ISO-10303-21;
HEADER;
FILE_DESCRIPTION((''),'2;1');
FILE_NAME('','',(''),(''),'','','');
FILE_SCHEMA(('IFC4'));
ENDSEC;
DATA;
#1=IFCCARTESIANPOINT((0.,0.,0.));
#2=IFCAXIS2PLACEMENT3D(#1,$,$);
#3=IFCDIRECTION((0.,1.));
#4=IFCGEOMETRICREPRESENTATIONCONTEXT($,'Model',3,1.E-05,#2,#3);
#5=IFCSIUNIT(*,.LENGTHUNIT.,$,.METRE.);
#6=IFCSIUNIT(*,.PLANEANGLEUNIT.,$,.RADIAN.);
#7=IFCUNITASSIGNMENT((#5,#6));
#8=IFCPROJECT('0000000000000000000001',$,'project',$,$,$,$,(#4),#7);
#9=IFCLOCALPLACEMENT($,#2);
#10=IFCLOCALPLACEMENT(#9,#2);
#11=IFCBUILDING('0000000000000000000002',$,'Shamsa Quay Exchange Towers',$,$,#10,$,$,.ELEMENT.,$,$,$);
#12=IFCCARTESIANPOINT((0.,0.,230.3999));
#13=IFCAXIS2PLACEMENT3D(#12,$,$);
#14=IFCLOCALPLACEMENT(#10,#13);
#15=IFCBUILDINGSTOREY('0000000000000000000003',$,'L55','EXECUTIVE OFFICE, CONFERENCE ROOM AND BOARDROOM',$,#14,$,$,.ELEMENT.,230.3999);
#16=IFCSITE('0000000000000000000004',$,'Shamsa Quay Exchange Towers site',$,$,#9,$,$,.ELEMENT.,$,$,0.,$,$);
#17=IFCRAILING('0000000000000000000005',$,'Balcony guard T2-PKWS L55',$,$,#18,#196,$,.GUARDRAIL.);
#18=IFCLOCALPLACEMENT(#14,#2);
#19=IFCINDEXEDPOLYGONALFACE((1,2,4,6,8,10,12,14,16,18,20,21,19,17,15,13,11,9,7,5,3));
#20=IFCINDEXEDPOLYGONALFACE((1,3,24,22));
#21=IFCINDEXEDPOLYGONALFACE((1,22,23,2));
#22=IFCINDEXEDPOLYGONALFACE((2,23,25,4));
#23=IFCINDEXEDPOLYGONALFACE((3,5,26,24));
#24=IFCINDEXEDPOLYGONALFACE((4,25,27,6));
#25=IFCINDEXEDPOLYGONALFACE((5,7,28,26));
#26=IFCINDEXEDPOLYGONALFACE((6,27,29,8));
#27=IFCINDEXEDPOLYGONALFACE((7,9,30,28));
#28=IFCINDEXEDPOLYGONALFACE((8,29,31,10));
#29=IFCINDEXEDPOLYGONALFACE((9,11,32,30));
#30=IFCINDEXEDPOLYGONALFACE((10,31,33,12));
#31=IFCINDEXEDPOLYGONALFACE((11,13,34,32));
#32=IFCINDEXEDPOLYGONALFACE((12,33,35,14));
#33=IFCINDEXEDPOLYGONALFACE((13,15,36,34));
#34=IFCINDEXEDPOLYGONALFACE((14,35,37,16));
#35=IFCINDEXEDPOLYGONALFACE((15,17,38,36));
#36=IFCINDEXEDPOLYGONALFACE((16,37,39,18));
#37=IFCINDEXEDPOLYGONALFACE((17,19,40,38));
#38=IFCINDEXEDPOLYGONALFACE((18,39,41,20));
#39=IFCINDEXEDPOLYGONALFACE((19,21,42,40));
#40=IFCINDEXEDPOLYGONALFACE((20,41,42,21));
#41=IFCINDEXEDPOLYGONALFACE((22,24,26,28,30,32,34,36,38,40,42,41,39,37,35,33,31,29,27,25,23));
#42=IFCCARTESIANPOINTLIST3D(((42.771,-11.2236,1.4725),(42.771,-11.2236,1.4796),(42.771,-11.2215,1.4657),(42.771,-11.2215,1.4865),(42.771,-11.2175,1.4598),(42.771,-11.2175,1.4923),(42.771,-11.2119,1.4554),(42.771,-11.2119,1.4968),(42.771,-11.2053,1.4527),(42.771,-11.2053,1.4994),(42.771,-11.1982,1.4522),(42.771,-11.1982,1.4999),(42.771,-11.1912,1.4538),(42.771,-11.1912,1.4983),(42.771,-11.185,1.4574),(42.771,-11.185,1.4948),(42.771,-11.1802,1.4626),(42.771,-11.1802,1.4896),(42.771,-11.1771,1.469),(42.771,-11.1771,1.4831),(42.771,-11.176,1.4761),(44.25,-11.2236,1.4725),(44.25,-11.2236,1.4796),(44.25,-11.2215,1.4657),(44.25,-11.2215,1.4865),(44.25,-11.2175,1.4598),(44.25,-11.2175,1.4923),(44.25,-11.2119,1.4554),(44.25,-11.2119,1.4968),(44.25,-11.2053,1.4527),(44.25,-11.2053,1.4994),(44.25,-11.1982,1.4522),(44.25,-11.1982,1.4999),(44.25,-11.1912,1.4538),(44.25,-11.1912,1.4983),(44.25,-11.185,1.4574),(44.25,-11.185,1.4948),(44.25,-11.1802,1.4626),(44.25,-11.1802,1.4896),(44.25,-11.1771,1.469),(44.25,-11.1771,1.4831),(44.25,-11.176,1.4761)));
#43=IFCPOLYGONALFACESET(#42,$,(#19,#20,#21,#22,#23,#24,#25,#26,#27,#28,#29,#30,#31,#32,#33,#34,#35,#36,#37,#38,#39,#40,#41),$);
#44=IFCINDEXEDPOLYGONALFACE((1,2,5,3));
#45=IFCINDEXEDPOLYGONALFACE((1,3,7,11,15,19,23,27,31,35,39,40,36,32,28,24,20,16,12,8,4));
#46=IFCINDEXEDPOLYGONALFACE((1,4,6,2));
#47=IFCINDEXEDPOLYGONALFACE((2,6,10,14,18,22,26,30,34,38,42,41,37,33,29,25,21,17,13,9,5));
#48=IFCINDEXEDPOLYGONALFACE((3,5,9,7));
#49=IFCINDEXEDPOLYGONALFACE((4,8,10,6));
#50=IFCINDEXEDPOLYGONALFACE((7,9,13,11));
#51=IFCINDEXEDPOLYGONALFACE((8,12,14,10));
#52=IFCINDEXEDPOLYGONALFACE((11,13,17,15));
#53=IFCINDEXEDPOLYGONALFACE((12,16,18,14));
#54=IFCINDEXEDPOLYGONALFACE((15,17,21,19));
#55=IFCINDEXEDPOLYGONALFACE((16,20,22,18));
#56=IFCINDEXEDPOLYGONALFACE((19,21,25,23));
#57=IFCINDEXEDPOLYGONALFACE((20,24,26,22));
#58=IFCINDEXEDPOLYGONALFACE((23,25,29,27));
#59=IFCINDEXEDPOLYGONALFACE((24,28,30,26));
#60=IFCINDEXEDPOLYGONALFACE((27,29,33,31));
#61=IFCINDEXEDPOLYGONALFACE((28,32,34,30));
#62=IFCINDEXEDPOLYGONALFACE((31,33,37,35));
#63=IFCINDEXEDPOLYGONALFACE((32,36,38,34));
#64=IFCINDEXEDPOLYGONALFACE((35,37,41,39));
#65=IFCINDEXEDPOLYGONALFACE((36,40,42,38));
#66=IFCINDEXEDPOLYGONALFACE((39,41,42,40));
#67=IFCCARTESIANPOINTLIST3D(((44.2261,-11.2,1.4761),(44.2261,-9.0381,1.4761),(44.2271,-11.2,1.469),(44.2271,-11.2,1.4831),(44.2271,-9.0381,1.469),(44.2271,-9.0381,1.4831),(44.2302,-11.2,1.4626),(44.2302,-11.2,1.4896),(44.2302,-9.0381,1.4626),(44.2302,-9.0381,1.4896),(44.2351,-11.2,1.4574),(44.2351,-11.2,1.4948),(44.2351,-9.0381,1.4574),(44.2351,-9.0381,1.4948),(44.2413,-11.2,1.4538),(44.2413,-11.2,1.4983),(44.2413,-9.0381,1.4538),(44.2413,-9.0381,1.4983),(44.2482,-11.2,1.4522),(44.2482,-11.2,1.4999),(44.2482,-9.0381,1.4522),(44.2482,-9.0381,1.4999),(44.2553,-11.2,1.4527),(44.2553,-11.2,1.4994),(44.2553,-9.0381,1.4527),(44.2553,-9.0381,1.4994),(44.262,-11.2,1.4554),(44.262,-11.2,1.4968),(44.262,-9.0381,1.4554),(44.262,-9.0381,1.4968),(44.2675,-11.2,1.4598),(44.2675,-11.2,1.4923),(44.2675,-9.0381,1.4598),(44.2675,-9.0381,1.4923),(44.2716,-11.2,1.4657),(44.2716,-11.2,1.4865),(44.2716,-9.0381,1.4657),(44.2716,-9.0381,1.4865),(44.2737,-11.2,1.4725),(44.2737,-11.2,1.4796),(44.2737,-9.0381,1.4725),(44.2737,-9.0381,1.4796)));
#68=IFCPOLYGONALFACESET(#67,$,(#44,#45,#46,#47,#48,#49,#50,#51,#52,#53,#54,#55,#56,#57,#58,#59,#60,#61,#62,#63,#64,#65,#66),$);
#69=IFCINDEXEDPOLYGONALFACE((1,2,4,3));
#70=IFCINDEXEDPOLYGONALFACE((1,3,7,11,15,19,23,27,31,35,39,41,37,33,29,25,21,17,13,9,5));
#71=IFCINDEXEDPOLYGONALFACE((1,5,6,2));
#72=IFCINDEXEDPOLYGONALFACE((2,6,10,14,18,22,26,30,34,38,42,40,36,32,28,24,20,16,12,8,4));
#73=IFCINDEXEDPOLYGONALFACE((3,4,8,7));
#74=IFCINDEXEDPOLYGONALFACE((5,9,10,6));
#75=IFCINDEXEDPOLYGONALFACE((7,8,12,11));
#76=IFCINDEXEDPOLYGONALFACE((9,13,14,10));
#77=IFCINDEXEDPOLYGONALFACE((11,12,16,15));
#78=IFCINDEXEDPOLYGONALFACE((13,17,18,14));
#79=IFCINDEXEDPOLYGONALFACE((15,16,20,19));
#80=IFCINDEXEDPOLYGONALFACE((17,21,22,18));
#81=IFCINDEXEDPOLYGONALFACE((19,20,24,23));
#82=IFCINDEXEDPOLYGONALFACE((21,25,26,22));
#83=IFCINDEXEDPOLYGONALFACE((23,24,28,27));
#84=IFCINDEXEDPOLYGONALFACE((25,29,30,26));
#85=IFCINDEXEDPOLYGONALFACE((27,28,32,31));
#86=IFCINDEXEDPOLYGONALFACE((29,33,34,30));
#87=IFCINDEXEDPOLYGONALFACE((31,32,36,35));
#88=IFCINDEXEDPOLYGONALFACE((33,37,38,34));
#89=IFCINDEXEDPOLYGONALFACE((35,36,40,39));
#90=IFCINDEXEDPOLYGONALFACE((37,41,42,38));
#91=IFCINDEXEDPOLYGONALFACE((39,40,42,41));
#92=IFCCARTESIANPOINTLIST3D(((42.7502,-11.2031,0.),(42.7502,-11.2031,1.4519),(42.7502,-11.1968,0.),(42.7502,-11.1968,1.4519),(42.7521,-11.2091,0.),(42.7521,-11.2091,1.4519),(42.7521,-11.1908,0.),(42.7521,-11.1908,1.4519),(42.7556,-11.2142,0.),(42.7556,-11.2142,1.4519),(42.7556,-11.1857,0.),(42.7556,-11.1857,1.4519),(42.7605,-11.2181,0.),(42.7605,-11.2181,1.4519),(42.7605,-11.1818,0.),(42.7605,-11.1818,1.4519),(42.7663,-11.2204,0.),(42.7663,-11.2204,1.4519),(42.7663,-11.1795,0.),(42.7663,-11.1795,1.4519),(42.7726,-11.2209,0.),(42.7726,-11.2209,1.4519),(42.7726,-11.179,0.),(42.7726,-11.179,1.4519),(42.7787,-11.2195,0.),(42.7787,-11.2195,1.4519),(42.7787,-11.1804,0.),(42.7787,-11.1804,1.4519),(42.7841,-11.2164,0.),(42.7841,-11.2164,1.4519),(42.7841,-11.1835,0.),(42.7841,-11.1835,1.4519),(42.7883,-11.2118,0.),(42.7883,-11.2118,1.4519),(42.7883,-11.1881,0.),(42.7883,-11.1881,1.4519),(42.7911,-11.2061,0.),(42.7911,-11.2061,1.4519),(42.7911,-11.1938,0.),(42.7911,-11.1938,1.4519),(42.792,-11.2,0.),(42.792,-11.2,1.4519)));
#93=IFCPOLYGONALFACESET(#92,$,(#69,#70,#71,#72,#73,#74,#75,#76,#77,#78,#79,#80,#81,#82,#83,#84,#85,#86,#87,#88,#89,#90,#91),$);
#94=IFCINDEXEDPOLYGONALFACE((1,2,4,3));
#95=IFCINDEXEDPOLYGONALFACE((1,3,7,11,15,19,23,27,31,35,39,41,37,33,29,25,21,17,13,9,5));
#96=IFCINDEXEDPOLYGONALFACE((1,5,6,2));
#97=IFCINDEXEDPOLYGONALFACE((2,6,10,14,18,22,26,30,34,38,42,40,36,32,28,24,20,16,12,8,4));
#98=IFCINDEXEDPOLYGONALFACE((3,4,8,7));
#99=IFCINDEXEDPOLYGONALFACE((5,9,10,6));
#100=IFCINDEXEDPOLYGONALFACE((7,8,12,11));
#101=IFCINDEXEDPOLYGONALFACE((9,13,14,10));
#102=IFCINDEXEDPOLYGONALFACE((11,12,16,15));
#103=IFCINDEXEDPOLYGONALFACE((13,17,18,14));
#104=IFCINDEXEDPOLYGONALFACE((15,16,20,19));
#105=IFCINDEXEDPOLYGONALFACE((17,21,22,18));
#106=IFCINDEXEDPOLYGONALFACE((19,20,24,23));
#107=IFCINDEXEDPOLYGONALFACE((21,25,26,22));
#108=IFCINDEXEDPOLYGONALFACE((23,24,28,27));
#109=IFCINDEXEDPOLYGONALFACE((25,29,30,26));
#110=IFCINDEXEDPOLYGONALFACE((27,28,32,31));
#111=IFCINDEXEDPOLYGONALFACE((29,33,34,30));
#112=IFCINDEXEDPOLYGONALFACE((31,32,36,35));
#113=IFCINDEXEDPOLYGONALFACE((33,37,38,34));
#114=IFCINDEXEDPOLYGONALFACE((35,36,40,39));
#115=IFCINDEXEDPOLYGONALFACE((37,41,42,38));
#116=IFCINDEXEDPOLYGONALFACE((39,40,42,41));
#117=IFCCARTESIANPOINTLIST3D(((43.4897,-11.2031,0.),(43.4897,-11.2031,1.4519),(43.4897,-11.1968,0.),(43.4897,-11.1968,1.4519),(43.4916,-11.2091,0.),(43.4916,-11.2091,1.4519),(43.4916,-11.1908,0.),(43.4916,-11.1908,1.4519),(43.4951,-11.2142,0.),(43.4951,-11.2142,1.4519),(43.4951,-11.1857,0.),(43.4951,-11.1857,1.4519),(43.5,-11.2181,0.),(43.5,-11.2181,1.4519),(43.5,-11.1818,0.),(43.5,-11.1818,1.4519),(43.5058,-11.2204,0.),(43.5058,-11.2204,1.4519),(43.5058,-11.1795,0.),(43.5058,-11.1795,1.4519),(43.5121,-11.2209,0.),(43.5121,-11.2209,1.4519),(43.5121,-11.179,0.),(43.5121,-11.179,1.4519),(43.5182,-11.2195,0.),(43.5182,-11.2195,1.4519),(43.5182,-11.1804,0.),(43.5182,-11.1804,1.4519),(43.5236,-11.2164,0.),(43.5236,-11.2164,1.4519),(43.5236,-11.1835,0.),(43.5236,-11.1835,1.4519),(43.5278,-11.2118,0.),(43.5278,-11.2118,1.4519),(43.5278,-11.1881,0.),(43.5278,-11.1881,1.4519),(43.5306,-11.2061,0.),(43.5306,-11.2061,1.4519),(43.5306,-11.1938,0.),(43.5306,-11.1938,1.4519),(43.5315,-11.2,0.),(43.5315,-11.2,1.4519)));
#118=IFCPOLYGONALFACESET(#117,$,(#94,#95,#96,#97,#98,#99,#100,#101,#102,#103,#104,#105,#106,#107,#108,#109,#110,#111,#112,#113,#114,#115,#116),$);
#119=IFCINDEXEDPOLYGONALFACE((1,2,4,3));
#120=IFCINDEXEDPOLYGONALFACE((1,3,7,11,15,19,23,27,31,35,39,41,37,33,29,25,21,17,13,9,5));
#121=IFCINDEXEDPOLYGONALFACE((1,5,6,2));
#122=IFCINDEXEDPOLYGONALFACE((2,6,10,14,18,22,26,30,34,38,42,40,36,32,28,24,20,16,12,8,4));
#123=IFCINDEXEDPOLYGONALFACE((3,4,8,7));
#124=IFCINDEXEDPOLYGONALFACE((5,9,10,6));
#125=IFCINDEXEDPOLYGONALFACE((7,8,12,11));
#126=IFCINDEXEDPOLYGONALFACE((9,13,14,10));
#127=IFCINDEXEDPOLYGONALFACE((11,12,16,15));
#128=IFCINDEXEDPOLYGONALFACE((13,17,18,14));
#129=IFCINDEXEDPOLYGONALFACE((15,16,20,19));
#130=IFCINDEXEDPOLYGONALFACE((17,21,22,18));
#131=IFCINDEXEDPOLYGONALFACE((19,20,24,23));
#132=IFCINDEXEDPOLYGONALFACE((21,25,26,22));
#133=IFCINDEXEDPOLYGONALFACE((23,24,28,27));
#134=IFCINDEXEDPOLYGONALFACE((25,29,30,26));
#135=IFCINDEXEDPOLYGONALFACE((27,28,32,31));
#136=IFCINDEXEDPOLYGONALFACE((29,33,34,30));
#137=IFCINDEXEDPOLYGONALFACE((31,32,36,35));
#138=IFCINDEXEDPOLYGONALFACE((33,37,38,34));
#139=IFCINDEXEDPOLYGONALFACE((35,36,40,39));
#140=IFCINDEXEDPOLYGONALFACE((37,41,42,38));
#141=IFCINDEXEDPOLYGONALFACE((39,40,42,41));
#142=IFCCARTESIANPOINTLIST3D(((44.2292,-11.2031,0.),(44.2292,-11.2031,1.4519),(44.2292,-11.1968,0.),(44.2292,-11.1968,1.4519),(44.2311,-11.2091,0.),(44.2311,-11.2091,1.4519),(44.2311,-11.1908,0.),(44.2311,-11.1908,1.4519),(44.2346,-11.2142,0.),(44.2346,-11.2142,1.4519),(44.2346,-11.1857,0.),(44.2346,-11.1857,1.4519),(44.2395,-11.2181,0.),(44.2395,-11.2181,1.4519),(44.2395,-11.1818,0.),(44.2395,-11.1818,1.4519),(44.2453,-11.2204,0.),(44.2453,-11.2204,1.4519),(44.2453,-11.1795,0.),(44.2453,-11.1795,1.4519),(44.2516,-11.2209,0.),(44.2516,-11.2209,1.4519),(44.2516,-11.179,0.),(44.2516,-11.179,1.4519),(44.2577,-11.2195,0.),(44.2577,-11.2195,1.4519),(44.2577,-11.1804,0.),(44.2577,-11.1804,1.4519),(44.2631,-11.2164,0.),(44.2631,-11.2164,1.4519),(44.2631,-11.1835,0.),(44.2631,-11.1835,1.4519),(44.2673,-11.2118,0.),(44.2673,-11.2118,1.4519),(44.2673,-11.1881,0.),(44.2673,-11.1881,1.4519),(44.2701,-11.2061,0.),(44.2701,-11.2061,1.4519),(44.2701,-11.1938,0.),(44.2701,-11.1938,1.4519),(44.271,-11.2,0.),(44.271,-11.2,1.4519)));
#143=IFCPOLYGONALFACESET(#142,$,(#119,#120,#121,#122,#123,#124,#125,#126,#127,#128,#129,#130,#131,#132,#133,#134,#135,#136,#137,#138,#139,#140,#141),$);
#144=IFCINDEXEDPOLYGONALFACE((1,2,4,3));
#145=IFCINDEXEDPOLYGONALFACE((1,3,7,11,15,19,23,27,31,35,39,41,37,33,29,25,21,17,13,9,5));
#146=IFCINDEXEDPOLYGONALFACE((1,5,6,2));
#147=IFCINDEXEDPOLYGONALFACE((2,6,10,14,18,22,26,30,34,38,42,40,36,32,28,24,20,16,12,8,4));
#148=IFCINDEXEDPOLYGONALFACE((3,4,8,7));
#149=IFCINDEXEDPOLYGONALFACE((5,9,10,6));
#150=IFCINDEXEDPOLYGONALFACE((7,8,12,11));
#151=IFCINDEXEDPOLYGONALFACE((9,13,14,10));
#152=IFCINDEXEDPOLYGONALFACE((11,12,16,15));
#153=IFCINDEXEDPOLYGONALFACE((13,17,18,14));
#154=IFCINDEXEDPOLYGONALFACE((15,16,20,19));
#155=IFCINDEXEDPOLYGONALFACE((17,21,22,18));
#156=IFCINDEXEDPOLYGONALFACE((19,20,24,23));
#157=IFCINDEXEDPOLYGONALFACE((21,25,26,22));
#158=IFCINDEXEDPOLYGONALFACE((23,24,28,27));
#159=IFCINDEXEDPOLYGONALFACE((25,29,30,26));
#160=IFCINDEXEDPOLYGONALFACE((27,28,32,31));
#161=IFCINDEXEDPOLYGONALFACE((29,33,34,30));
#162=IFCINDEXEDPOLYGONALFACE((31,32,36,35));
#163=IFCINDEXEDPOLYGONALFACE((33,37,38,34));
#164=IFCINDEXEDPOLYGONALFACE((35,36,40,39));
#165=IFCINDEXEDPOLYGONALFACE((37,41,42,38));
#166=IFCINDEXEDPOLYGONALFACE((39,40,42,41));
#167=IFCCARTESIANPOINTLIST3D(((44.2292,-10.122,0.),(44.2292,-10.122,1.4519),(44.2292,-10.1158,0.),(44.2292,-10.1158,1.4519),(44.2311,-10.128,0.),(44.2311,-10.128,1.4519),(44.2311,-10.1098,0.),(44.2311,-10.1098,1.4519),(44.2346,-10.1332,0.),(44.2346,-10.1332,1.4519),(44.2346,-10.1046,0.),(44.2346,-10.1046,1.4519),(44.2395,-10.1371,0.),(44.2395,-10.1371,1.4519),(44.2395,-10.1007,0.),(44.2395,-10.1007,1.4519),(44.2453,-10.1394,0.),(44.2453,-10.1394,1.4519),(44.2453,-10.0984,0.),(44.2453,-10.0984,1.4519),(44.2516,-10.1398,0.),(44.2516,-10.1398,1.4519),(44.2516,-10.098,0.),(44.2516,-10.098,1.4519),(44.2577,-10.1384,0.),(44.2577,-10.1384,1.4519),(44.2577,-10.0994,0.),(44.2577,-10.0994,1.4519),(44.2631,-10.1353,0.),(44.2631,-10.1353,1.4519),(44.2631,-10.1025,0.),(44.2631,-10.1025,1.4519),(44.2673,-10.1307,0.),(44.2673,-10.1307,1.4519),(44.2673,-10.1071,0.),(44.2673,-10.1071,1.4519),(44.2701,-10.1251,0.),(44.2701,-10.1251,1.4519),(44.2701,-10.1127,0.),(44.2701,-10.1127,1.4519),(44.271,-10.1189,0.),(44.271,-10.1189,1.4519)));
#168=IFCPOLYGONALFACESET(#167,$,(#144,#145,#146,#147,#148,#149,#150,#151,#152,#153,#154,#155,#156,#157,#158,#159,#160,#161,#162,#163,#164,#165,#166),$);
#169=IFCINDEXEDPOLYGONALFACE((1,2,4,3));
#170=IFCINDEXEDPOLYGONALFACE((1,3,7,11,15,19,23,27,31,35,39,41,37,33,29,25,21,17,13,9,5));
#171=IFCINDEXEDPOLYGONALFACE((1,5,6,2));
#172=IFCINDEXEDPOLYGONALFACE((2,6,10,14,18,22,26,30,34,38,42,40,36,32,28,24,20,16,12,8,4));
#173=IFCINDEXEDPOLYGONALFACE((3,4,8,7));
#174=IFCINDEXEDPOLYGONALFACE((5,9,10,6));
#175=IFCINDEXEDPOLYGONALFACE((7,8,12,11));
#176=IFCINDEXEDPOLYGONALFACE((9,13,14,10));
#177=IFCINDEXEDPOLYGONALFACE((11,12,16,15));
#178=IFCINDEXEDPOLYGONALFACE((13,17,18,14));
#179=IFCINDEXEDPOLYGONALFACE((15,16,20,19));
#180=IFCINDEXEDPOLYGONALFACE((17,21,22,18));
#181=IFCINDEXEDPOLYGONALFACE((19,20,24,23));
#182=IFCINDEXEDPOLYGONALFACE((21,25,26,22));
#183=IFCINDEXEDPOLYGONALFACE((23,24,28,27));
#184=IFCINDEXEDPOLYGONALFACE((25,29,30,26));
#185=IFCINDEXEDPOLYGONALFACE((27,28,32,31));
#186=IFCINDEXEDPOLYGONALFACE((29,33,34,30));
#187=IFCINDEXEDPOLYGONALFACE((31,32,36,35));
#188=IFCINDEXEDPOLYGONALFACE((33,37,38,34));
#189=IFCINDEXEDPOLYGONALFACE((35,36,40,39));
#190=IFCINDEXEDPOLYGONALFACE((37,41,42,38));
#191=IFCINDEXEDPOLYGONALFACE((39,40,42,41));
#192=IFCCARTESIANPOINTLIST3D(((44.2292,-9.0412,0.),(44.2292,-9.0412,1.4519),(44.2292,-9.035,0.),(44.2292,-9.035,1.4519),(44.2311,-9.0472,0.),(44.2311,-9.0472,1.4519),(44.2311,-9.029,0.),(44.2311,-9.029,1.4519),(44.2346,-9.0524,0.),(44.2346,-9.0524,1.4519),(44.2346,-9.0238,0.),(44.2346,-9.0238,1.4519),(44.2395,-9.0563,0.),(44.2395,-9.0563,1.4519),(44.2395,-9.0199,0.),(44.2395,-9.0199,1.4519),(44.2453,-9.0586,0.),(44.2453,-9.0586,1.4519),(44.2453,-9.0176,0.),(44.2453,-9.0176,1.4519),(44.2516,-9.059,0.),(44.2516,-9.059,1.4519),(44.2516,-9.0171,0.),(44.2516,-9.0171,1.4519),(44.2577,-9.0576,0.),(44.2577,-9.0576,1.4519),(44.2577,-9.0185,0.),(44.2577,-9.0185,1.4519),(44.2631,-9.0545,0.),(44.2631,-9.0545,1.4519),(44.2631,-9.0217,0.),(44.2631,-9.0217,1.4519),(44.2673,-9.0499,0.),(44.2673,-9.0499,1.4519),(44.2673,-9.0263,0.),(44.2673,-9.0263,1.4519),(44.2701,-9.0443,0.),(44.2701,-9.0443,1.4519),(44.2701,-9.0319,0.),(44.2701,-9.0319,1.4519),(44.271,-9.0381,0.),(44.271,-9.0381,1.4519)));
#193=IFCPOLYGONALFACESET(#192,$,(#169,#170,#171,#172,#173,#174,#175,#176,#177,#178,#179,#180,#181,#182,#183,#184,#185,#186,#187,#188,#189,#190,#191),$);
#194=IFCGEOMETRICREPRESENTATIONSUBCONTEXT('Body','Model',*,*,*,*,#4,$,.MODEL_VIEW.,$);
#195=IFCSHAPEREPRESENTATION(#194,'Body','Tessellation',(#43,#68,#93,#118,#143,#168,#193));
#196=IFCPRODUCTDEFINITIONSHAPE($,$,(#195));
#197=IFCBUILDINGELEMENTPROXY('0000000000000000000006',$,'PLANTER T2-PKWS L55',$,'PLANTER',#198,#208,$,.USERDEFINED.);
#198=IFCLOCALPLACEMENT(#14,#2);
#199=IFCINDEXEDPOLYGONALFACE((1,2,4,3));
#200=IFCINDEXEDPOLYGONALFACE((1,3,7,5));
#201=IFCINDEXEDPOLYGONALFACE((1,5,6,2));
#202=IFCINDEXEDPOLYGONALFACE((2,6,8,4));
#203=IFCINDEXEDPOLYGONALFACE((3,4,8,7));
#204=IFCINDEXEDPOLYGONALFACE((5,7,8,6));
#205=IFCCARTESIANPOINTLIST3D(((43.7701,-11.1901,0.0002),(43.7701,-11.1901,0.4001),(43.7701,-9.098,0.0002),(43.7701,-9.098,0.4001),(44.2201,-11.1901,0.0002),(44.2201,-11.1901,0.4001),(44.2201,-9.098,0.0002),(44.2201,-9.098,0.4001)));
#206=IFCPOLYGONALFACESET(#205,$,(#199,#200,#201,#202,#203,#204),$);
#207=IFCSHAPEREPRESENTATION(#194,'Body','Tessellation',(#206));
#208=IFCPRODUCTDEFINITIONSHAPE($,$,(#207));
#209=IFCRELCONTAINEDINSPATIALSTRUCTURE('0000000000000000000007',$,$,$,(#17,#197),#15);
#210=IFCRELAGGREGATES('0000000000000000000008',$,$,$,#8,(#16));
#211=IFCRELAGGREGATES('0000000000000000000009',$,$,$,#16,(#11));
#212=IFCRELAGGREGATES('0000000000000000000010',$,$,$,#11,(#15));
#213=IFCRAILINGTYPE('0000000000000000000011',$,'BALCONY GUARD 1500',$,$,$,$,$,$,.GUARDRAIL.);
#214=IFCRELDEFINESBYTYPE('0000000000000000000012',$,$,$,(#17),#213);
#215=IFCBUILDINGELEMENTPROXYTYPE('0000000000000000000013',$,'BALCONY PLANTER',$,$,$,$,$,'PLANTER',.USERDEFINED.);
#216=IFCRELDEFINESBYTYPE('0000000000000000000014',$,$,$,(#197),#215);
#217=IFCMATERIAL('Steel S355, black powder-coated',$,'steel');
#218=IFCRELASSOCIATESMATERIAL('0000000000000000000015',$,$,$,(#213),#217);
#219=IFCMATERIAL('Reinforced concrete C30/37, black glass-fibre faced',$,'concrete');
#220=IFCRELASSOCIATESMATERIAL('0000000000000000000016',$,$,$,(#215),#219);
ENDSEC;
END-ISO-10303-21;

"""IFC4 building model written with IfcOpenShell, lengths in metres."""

from ifc_helpers import new_model, si_unit, direction, frame, origin, origin_2d, place, context, subcontext, project, spatial, rectangle, circle, extrude, material, type_object, element, save


model = new_model("IFC4")

# Units and contexts
model_context = context("Model", 3, precision=1e-05, world=origin(), true_north=direction((0.0, 1.0)))
body_context = subcontext(model_context, "Body", "Model", "MODEL_VIEW")
ifc_project = project(units=[si_unit("LENGTHUNIT", "METRE"), si_unit("PLANEANGLEUNIT", "RADIAN")], contexts=[model_context])

# Site, building, storey
site_placement = place(None, origin())
site = spatial("IfcSite", under=ifc_project, at=site_placement, Name="Shamsa Quay Exchange Towers site", CompositionType="ELEMENT", RefElevation=0.0)
building_placement = place(site_placement, origin())
building = spatial("IfcBuilding", under=site, at=building_placement, Name="Shamsa Quay Exchange Towers", CompositionType="ELEMENT")
storey_placement = place(building_placement, frame((0.0, 0.0, 230.3999)))
storey = spatial("IfcBuildingStorey", under=building, at=storey_placement, Name="L55", Description="EXECUTIVE OFFICE, CONFERENCE ROOM AND BOARDROOM", CompositionType="ELEMENT", Elevation=230.3999)

# Railing
ifc_material_1 = material(Name="Steel S355, black powder-coated", Category="steel")
railing_type = type_object("IfcRailingType", Name="BALCONY GUARD 1500", PredefinedType="GUARDRAIL", material=ifc_material_1)
railing_placement = place(storey_placement, frame((42.771, -11.2, 0.0)))
element("IfcRailing", 1, at=railing_placement, inside=storey, type_object=railing_type, Name="Balcony guard T2-PKWS L55", PredefinedType="GUARDRAIL", context=body_context, shape_type="SweptSolid", body=[
    extrude(circle(Radius=0.0239, at=origin_2d()), frame((0.0, 0.0, 1.4761), z_axis=(1.0, 0.0, 0.0), x_axis=(0.0, 1.0, 0.0)), (0.0, 0.0, 1.0), 1.479),
    extrude(circle(Radius=0.0239, at=origin_2d()), frame((1.479, 0.0, 1.4761), z_axis=(0.0, 1.0, 0.0), x_axis=(-1.0, 0.0, 0.0)), (0.0, 0.0, 1.0), 2.1619),
    extrude(circle(Radius=0.021, at=origin_2d()), origin(), (0.0, 0.0, 1.0), 1.4519),
    extrude(circle(Radius=0.021, at=origin_2d()), frame((0.7395, 0.0, 0.0)), (0.0, 0.0, 1.0), 1.4519),
    extrude(circle(Radius=0.021, at=origin_2d()), frame((1.479, 0.0, 0.0)), (0.0, 0.0, 1.0), 1.4519),
    extrude(circle(Radius=0.021, at=origin_2d()), frame((1.479, 1.0811, 0.0)), (0.0, 0.0, 1.0), 1.4519),
    extrude(circle(Radius=0.021, at=origin_2d()), frame((1.479, 2.1619, 0.0)), (0.0, 0.0, 1.0), 1.4519),
])

# Building element proxy
ifc_material_2 = material(Name="Reinforced concrete C30/37, black glass-fibre faced", Category="concrete")
building_element_proxy_type = type_object("IfcBuildingElementProxyType", Name="BALCONY PLANTER", ElementType="PLANTER", PredefinedType="USERDEFINED", material=ifc_material_2)
proxy_placement = place(storey_placement, frame((43.9951, -10.144, 0.0002), z_axis=(0.0, 0.0, 1.0), x_axis=(0.0, 1.0, 0.0)))
element("IfcBuildingElementProxy", 2, at=proxy_placement, inside=storey, type_object=building_element_proxy_type, Name="PLANTER T2-PKWS L55", ObjectType="PLANTER", PredefinedType="USERDEFINED", context=body_context, shape_type="SweptSolid", body=[
    extrude(rectangle(XDim=2.092, YDim=0.45, at=origin_2d()), origin(), (0.0, 0.0, 1.0), 0.3999),
])

save(model, "model.ifc")
